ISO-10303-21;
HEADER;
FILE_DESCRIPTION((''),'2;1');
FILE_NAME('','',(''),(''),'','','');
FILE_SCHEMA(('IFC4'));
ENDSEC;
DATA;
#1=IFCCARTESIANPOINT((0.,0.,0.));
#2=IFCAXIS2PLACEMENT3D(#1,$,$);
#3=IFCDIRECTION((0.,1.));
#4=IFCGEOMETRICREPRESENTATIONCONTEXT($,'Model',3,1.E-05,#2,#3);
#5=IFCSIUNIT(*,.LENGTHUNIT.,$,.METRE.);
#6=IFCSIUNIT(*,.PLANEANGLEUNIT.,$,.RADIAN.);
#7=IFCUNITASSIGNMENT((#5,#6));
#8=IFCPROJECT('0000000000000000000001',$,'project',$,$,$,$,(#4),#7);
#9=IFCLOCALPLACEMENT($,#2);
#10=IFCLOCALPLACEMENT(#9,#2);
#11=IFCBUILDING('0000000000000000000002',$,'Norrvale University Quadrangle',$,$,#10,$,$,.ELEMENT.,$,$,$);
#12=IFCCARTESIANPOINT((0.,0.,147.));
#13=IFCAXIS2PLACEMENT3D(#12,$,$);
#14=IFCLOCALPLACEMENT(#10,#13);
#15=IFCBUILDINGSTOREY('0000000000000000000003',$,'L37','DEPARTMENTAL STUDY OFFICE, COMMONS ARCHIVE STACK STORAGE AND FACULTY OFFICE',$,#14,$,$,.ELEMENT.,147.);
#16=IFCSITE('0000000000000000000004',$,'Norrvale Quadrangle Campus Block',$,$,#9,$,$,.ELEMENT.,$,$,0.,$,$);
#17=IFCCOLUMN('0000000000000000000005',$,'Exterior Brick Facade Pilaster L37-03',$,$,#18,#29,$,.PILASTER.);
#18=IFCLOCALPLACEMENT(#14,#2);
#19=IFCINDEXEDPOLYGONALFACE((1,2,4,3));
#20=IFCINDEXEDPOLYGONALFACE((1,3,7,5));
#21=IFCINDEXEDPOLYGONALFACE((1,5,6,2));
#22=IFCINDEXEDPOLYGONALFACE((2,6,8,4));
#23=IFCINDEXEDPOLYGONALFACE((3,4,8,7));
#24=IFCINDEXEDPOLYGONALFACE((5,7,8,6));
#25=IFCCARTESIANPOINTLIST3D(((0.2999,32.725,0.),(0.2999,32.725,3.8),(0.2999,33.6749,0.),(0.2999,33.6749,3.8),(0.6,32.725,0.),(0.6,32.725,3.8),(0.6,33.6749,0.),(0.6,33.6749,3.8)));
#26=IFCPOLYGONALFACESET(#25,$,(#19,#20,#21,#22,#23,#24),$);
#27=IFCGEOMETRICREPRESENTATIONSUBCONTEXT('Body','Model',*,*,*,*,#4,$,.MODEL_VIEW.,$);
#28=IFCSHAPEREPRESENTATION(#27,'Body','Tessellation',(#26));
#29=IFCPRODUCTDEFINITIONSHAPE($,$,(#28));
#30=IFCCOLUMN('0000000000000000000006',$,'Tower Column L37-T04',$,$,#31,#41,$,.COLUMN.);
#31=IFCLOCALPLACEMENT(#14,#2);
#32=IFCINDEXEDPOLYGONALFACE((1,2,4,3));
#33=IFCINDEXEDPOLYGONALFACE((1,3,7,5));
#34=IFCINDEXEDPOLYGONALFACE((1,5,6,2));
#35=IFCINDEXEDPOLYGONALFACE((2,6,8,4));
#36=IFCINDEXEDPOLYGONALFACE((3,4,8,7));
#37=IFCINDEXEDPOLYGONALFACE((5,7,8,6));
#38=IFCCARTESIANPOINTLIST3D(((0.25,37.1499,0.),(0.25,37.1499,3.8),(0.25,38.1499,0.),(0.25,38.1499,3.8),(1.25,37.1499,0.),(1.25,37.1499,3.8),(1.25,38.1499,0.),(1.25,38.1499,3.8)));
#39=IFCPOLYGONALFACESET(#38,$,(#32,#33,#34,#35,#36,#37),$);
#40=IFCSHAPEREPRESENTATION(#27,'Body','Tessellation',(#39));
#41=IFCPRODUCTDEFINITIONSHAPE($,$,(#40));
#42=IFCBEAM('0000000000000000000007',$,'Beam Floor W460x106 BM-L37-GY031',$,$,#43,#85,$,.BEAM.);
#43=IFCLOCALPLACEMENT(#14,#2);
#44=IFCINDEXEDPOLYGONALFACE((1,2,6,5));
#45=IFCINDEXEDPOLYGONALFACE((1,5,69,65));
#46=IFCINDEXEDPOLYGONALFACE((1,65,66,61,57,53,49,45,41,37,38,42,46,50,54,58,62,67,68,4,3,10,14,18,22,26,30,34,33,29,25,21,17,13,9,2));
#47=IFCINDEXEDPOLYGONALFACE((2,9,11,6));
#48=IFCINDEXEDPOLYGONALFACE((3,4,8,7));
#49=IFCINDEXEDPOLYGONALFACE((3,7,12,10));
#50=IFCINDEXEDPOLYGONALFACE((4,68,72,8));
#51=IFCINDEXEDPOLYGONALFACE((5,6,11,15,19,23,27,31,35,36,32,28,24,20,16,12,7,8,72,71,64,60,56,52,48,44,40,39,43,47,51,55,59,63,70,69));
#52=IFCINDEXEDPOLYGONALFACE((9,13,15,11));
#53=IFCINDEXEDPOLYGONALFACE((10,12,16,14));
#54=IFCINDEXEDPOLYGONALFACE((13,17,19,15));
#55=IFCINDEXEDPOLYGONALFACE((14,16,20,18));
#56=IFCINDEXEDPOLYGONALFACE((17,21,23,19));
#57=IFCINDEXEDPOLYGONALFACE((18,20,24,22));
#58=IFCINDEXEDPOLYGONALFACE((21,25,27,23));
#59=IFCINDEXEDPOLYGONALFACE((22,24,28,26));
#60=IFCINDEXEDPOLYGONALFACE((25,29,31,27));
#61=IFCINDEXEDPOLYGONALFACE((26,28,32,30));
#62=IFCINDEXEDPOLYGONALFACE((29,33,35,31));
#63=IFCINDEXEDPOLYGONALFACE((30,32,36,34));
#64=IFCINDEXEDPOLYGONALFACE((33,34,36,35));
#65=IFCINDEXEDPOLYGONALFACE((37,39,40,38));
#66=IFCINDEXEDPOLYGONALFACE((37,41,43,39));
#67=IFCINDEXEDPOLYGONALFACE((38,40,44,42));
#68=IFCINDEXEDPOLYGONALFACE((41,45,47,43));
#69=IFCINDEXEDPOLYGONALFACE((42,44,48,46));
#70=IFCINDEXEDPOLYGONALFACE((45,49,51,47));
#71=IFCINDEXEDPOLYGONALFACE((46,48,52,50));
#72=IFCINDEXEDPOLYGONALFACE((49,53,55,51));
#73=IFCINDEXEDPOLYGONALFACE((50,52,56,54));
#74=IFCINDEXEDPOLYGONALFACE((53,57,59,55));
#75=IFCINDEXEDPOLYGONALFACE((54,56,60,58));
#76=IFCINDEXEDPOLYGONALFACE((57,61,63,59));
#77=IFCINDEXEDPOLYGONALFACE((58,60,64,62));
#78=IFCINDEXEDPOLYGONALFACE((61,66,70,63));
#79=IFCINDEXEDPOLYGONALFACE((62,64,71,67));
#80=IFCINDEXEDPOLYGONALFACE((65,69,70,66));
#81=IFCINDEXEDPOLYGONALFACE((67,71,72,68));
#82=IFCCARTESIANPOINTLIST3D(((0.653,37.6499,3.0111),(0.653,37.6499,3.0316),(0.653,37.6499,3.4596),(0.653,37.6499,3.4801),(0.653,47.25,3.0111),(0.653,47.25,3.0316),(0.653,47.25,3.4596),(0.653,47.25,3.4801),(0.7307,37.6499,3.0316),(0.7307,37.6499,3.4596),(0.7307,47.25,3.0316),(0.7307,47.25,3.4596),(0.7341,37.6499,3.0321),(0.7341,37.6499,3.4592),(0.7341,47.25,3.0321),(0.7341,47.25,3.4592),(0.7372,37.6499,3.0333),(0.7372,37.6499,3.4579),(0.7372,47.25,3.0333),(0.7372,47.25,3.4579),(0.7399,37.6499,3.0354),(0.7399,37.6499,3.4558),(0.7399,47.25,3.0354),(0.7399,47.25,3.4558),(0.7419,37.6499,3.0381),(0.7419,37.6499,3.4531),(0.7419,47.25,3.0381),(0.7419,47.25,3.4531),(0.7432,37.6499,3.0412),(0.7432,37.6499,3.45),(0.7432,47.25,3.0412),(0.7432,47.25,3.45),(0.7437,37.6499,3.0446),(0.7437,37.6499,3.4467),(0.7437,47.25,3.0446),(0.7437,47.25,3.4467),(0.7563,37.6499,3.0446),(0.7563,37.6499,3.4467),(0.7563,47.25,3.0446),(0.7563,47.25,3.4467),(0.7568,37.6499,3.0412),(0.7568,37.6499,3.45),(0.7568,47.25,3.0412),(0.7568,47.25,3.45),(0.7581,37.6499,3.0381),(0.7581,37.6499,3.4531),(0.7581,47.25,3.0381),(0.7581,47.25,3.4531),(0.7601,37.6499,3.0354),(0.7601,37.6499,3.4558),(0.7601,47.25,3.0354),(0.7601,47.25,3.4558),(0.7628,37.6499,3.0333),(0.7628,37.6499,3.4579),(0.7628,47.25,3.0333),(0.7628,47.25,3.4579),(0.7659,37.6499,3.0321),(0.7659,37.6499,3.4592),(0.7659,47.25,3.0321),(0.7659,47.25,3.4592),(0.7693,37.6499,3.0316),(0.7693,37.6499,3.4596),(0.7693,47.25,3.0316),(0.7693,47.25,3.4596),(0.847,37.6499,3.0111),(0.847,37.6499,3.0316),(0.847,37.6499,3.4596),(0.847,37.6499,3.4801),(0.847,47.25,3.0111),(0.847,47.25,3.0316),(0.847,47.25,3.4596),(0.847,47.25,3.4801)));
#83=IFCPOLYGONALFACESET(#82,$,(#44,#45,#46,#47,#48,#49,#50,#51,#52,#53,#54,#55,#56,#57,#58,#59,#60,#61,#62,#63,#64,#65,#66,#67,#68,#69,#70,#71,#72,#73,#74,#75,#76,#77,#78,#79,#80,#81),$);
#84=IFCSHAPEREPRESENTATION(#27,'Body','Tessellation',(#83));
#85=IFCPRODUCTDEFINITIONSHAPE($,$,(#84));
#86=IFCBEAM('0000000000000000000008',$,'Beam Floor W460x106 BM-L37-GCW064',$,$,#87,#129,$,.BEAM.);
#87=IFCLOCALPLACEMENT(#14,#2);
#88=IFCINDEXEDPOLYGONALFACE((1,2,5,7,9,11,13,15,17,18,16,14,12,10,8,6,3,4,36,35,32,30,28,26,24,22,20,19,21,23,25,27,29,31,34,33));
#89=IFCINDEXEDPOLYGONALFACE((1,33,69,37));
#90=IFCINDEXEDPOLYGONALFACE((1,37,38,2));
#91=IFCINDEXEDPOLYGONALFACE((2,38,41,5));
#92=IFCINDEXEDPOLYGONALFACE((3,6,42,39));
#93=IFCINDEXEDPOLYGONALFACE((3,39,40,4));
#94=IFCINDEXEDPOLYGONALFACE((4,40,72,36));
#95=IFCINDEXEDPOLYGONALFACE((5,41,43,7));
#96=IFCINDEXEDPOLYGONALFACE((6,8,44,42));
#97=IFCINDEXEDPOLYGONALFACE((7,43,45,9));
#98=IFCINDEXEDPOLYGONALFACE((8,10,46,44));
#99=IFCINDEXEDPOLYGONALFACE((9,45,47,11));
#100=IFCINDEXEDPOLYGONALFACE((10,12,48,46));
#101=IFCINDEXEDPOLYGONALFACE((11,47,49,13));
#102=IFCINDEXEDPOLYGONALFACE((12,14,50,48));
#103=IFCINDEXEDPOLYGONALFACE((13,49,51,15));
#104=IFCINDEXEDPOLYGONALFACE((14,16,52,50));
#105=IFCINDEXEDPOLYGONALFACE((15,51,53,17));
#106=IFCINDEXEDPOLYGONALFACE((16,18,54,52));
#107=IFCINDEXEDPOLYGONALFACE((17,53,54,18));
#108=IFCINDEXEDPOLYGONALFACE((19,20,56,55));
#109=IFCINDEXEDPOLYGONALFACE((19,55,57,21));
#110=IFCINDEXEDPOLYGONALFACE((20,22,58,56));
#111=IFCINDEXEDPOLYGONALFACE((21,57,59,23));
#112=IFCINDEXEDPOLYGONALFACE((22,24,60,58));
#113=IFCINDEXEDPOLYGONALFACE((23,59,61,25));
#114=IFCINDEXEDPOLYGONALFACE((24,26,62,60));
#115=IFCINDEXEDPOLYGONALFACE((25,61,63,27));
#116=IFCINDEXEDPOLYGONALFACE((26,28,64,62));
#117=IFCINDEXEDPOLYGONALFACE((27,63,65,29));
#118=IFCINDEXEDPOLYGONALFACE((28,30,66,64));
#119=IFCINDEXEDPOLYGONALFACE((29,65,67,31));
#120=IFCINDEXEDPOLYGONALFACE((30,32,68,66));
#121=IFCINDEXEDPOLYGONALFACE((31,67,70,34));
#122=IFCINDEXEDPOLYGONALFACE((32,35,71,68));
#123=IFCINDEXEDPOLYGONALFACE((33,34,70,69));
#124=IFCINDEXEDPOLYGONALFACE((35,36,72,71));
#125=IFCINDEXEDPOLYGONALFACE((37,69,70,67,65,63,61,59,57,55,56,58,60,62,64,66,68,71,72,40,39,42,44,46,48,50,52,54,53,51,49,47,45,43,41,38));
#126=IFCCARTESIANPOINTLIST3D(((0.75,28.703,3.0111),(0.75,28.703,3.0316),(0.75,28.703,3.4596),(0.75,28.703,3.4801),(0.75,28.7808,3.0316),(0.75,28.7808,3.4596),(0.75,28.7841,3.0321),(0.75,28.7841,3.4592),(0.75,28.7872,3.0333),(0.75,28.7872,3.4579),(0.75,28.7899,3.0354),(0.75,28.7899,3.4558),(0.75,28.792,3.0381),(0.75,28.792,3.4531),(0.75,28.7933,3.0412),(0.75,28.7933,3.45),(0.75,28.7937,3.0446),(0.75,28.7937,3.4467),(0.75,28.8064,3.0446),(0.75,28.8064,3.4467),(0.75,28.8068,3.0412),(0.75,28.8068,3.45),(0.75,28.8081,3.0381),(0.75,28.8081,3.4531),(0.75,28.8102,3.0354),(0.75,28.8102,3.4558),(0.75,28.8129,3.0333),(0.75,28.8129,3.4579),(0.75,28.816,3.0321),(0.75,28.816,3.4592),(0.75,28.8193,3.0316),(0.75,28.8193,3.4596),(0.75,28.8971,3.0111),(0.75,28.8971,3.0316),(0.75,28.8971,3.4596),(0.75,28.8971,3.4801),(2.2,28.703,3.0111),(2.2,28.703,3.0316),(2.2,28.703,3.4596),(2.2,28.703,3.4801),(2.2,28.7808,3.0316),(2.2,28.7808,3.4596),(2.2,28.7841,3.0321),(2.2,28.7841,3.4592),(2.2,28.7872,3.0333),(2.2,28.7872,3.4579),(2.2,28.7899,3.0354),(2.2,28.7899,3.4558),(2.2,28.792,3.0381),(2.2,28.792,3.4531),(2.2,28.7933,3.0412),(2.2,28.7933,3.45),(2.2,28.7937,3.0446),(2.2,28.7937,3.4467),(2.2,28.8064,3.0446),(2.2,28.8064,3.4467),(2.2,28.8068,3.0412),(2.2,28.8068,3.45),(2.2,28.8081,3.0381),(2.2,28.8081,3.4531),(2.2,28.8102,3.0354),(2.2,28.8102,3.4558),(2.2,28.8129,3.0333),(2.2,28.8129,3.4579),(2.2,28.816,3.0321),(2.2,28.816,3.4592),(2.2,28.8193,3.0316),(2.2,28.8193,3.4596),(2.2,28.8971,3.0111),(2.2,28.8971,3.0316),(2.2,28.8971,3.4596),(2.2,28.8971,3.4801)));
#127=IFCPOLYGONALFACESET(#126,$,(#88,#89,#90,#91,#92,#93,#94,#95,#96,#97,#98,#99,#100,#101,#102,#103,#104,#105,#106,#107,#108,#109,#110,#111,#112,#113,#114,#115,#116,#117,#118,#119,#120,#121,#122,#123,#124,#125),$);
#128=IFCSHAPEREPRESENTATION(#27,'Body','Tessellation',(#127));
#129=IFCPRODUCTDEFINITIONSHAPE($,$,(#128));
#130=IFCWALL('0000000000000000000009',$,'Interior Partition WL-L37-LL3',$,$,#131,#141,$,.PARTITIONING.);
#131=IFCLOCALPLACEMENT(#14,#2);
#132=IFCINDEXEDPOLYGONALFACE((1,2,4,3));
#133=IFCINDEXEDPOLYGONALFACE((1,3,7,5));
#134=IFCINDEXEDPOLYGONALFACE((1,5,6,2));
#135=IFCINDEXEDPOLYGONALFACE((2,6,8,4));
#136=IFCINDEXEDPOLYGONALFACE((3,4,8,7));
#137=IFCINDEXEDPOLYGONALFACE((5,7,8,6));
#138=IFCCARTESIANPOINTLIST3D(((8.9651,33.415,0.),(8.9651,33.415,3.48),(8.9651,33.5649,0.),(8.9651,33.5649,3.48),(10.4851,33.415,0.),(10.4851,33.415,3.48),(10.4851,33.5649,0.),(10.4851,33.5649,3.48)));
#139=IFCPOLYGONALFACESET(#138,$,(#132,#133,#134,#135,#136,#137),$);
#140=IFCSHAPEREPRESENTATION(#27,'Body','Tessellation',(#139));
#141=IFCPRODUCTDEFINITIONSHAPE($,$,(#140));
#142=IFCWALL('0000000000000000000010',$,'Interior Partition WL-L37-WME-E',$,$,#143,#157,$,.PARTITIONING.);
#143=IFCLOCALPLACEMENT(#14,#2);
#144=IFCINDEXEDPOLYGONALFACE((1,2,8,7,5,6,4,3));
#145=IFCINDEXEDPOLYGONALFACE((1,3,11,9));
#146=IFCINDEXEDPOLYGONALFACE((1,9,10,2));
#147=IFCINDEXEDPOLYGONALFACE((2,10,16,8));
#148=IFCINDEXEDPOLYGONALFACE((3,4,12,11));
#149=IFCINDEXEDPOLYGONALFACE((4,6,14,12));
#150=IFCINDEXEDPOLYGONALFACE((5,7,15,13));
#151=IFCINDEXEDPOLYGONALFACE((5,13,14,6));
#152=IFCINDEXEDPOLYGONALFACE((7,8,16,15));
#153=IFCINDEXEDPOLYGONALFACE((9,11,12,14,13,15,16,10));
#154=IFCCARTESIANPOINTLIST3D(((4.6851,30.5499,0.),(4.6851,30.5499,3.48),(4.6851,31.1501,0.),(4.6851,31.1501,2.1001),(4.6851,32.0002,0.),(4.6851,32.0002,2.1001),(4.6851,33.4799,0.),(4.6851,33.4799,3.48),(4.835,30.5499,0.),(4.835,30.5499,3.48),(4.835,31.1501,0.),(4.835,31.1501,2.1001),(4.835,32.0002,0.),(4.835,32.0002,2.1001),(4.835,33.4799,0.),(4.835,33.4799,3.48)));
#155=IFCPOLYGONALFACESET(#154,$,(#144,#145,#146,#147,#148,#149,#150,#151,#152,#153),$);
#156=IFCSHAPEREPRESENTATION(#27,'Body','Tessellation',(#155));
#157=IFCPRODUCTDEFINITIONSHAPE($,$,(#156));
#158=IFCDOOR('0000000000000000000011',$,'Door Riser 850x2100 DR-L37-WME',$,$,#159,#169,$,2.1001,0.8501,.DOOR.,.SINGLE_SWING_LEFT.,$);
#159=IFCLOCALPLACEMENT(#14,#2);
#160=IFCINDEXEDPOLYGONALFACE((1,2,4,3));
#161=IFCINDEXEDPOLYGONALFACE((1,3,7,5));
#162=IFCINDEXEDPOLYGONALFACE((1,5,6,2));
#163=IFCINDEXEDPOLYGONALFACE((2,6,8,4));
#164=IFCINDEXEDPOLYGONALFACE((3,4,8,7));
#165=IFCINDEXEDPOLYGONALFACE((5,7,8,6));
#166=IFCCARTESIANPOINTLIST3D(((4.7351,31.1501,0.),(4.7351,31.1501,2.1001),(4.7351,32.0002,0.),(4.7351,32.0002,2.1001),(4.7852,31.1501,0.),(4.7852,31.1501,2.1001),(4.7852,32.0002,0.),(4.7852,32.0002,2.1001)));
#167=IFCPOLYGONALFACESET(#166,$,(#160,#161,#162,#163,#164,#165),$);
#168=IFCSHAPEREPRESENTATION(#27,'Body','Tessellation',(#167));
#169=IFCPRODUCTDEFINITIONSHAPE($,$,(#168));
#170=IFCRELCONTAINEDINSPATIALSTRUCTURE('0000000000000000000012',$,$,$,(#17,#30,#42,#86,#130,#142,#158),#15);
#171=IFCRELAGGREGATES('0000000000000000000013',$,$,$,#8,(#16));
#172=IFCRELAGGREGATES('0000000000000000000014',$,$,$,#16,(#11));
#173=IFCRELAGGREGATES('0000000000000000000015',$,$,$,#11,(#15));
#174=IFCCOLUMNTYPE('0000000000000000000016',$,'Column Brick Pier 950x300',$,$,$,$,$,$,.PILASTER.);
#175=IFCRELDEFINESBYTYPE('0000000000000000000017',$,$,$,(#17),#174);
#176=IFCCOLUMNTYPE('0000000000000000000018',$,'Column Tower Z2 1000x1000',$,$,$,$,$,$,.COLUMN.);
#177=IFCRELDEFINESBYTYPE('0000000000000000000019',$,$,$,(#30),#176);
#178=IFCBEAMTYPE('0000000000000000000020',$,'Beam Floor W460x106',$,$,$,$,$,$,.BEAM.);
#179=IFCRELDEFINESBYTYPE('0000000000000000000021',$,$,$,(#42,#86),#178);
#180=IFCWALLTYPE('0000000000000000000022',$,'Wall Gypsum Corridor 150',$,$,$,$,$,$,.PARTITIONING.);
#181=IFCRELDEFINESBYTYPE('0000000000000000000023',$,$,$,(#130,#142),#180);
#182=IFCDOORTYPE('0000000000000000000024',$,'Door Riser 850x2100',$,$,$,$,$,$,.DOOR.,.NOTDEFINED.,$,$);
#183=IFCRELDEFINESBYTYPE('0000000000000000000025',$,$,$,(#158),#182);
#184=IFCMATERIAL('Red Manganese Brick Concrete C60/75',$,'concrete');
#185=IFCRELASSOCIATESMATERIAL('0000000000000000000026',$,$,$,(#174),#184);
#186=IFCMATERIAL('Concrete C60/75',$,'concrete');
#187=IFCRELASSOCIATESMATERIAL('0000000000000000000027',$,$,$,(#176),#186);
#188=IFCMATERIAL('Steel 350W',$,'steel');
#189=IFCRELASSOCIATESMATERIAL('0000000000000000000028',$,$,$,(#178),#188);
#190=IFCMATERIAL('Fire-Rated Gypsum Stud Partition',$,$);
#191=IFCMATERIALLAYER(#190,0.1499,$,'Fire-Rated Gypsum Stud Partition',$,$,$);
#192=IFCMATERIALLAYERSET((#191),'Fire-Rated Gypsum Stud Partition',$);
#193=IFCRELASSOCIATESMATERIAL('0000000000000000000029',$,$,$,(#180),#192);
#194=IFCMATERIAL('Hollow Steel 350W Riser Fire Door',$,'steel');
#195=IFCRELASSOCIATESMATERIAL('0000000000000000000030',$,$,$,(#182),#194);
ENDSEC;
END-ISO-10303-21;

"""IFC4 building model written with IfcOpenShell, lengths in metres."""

from ifc_helpers import new_model, si_unit, direction, frame, frame_2d, origin, origin_2d, place, context, subcontext, project, spatial, rectangle, i_section, extrude, material, layer, layer_set, material_profile, profile_set, type_object, element, fill, save


model = new_model("IFC4")

# Units and contexts
model_context = context("Model", 3, precision=1e-05, world=origin(), true_north=direction((0.0, 1.0)))
body_context = subcontext(model_context, "Body", "Model", "MODEL_VIEW")
ifc_project = project(units=[si_unit("LENGTHUNIT", "METRE"), si_unit("PLANEANGLEUNIT", "RADIAN")], contexts=[model_context])

# Site, building, storey
site_placement = place(None, origin())
site = spatial("IfcSite", under=ifc_project, at=site_placement, Name="Norrvale Quadrangle Campus Block", CompositionType="ELEMENT", RefElevation=0.0)
building_placement = place(site_placement, origin())
building = spatial("IfcBuilding", under=site, at=building_placement, Name="Norrvale University Quadrangle", CompositionType="ELEMENT")
storey_placement = place(building_placement, frame((0.0, 0.0, 147.0)))
storey = spatial("IfcBuildingStorey", under=building, at=storey_placement, Name="L37", Description="DEPARTMENTAL STUDY OFFICE, COMMONS ARCHIVE STACK STORAGE AND FACULTY OFFICE", CompositionType="ELEMENT", Elevation=147.0)

# Columns
ifc_material_1 = material(Name="Red Manganese Brick Concrete C60/75", Category="concrete")
ifc_material_profile_1 = material_profile(ifc_material_1, rectangle(XDim=0.95, YDim=0.3, at=origin_2d()), Name="Red Manganese Brick Concrete C60/75")
ifc_profile_set_1 = profile_set([ifc_material_profile_1], Name="Red Manganese Brick Concrete C60/75")
column_type_1 = type_object("IfcColumnType", Name="Column Brick Pier 950x300", PredefinedType="PILASTER", material=ifc_profile_set_1)
column_1_placement = place(storey_placement, frame((0.45, 33.2, 0.0), z_axis=(0.0, 0.0, 1.0), x_axis=(0.0, 1.0, 0.0)))
element("IfcColumn", 1, at=column_1_placement, inside=storey, type_object=column_type_1, Name="Exterior Brick Facade Pilaster L37-03", PredefinedType="PILASTER", context=body_context, shape_type="SweptSolid", body=[
    extrude(rectangle(XDim=0.95, YDim=0.3, at=origin_2d()), origin(), (0.0, 0.0, 1.0), 3.8),
])
ifc_material_2 = material(Name="Concrete C60/75", Category="concrete")
ifc_material_profile_2 = material_profile(ifc_material_2, rectangle(XDim=1.0, YDim=1.0, at=origin_2d()), Name="Concrete C60/75")
ifc_profile_set_2 = profile_set([ifc_material_profile_2], Name="Concrete C60/75")
column_type_2 = type_object("IfcColumnType", Name="Column Tower Z2 1000x1000", PredefinedType="COLUMN", material=ifc_profile_set_2)
column_2_placement = place(storey_placement, frame((0.75, 37.6499, 0.0), z_axis=(0.0, 0.0, 1.0), x_axis=(1.0, 0.0, 0.0)))
element("IfcColumn", 2, at=column_2_placement, inside=storey, type_object=column_type_2, Name="Tower Column L37-T04", PredefinedType="COLUMN", context=body_context, shape_type="SweptSolid", body=[
    extrude(rectangle(XDim=1.0, YDim=1.0, at=origin_2d()), origin(), (0.0, 0.0, 1.0), 3.8),
])

# Beams
ifc_material_3 = material(Name="Steel 350W", Category="steel")
ifc_material_profile_3 = material_profile(ifc_material_3, i_section(OverallWidth=0.1941, OverallDepth=0.469, WebThickness=0.0127, FlangeThickness=0.0205, FilletRadius=0.0129, at=origin_2d()), Name="Steel 350W")
ifc_profile_set_3 = profile_set([ifc_material_profile_3], Name="Steel 350W")
beam_type = type_object("IfcBeamType", Name="Beam Floor W460x106", PredefinedType="BEAM", material=ifc_profile_set_3)
beam_1_placement = place(storey_placement, frame((0.75, 37.6499, 3.2456), z_axis=(0.0, 1.0, 0.0), x_axis=(-1.0, 0.0, 0.0)))
element("IfcBeam", 3, at=beam_1_placement, inside=storey, type_object=beam_type, Name="Beam Floor W460x106 BM-L37-GY031", PredefinedType="BEAM", context=body_context, shape_type="SweptSolid", body=[
    extrude(i_section(OverallWidth=0.1941, OverallDepth=0.469, WebThickness=0.0127, FlangeThickness=0.0205, FilletRadius=0.0129, at=origin_2d()), origin(), (0.0, 0.0, 1.0), 9.6001),
])
beam_2_placement = place(storey_placement, frame((0.75, 28.8, 3.2456), z_axis=(1.0, 0.0, 0.0), x_axis=(0.0, 1.0, 0.0)))
element("IfcBeam", 4, at=beam_2_placement, inside=storey, type_object=beam_type, Name="Beam Floor W460x106 BM-L37-GCW064", PredefinedType="BEAM", context=body_context, shape_type="SweptSolid", body=[
    extrude(i_section(OverallWidth=0.1941, OverallDepth=0.469, WebThickness=0.0127, FlangeThickness=0.0205, FilletRadius=0.0129, at=origin_2d()), origin(), (0.0, 0.0, 1.0), 1.45),
])

# Wall
ifc_material_4 = material(Name="Fire-Rated Gypsum Stud Partition")
ifc_layer_1 = layer(ifc_material_4, 0.1499, Name="Fire-Rated Gypsum Stud Partition")
ifc_layer_set_1 = layer_set([ifc_layer_1], Name="Fire-Rated Gypsum Stud Partition")
wall_type_1 = type_object("IfcWallType", Name="Wall Gypsum Corridor 150", PredefinedType="PARTITIONING", material=ifc_layer_set_1)
wall_1_placement = place(storey_placement, frame((8.9651, 33.49, 0.0), z_axis=(0.0, 0.0, 1.0), x_axis=(1.0, 0.0, 0.0)))
element("IfcWall", 5, at=wall_1_placement, inside=storey, type_object=wall_type_1, Name="Interior Partition WL-L37-LL3", PredefinedType="PARTITIONING", context=body_context, shape_type="SweptSolid", body=[
    extrude(rectangle(XDim=1.52, YDim=0.1499, at=frame_2d((0.76, 0.0))), origin(), (0.0, 0.0, 1.0), 3.48),
])

# Wall, opening, door
wall_2_placement = place(storey_placement, frame((4.76, 30.55, 0.0), z_axis=(0.0, 0.0, 1.0), x_axis=(0.0, 1.0, 0.0)))
wall_2 = element("IfcWall", 6, at=wall_2_placement, inside=storey, type_object=wall_type_1, Name="Interior Partition WL-L37-WME-E", PredefinedType="PARTITIONING", context=body_context, shape_type="SweptSolid", body=[
    extrude(rectangle(XDim=2.9299, YDim=0.1499, at=frame_2d((1.4648, 0.0))), origin(), (0.0, 0.0, 1.0), 3.48),
])
opening_1_placement = place(wall_2_placement, frame((0.6001, 0.0, 0.0)))
opening_1 = element("IfcOpeningElement", 7, at=opening_1_placement, cuts=wall_2, PredefinedType="OPENING", context=body_context, shape_type="SweptSolid", body=[
    extrude(rectangle(XDim=0.8501, YDim=2.1001, at=frame_2d((0.425, 1.05))), frame((0.0, 0.0869, 0.0), z_axis=(0.0, -1.0, 0.0), x_axis=(1.0, 0.0, 0.0)), (0.0, 0.0, 1.0), 0.1738),
])
ifc_material_5 = material(Name="Hollow Steel 350W Riser Fire Door", Category="steel")
door_type_1 = type_object("IfcDoorType", Name="Door Riser 850x2100", OperationType="NOTDEFINED", PredefinedType="DOOR", material=ifc_material_5)
door_1_placement = place(opening_1_placement, origin())
door_1 = element("IfcDoor", 8, at=door_1_placement, inside=storey, type_object=door_type_1, Name="Door Riser 850x2100 DR-L37-WME", OperationType="SINGLE_SWING_LEFT", OverallHeight=2.1001, OverallWidth=0.8501, PredefinedType="DOOR", context=body_context, shape_type="SweptSolid", body=[
    extrude(rectangle(XDim=0.8501, YDim=2.1001, at=frame_2d((0.425, 1.05))), frame((0.0, 0.0249, 0.0), z_axis=(0.0, -1.0, 0.0), x_axis=(1.0, 0.0, 0.0)), (0.0, 0.0, 1.0), 0.05),
])
fill(opening_1, door_1)

save(model, "model.ifc")
